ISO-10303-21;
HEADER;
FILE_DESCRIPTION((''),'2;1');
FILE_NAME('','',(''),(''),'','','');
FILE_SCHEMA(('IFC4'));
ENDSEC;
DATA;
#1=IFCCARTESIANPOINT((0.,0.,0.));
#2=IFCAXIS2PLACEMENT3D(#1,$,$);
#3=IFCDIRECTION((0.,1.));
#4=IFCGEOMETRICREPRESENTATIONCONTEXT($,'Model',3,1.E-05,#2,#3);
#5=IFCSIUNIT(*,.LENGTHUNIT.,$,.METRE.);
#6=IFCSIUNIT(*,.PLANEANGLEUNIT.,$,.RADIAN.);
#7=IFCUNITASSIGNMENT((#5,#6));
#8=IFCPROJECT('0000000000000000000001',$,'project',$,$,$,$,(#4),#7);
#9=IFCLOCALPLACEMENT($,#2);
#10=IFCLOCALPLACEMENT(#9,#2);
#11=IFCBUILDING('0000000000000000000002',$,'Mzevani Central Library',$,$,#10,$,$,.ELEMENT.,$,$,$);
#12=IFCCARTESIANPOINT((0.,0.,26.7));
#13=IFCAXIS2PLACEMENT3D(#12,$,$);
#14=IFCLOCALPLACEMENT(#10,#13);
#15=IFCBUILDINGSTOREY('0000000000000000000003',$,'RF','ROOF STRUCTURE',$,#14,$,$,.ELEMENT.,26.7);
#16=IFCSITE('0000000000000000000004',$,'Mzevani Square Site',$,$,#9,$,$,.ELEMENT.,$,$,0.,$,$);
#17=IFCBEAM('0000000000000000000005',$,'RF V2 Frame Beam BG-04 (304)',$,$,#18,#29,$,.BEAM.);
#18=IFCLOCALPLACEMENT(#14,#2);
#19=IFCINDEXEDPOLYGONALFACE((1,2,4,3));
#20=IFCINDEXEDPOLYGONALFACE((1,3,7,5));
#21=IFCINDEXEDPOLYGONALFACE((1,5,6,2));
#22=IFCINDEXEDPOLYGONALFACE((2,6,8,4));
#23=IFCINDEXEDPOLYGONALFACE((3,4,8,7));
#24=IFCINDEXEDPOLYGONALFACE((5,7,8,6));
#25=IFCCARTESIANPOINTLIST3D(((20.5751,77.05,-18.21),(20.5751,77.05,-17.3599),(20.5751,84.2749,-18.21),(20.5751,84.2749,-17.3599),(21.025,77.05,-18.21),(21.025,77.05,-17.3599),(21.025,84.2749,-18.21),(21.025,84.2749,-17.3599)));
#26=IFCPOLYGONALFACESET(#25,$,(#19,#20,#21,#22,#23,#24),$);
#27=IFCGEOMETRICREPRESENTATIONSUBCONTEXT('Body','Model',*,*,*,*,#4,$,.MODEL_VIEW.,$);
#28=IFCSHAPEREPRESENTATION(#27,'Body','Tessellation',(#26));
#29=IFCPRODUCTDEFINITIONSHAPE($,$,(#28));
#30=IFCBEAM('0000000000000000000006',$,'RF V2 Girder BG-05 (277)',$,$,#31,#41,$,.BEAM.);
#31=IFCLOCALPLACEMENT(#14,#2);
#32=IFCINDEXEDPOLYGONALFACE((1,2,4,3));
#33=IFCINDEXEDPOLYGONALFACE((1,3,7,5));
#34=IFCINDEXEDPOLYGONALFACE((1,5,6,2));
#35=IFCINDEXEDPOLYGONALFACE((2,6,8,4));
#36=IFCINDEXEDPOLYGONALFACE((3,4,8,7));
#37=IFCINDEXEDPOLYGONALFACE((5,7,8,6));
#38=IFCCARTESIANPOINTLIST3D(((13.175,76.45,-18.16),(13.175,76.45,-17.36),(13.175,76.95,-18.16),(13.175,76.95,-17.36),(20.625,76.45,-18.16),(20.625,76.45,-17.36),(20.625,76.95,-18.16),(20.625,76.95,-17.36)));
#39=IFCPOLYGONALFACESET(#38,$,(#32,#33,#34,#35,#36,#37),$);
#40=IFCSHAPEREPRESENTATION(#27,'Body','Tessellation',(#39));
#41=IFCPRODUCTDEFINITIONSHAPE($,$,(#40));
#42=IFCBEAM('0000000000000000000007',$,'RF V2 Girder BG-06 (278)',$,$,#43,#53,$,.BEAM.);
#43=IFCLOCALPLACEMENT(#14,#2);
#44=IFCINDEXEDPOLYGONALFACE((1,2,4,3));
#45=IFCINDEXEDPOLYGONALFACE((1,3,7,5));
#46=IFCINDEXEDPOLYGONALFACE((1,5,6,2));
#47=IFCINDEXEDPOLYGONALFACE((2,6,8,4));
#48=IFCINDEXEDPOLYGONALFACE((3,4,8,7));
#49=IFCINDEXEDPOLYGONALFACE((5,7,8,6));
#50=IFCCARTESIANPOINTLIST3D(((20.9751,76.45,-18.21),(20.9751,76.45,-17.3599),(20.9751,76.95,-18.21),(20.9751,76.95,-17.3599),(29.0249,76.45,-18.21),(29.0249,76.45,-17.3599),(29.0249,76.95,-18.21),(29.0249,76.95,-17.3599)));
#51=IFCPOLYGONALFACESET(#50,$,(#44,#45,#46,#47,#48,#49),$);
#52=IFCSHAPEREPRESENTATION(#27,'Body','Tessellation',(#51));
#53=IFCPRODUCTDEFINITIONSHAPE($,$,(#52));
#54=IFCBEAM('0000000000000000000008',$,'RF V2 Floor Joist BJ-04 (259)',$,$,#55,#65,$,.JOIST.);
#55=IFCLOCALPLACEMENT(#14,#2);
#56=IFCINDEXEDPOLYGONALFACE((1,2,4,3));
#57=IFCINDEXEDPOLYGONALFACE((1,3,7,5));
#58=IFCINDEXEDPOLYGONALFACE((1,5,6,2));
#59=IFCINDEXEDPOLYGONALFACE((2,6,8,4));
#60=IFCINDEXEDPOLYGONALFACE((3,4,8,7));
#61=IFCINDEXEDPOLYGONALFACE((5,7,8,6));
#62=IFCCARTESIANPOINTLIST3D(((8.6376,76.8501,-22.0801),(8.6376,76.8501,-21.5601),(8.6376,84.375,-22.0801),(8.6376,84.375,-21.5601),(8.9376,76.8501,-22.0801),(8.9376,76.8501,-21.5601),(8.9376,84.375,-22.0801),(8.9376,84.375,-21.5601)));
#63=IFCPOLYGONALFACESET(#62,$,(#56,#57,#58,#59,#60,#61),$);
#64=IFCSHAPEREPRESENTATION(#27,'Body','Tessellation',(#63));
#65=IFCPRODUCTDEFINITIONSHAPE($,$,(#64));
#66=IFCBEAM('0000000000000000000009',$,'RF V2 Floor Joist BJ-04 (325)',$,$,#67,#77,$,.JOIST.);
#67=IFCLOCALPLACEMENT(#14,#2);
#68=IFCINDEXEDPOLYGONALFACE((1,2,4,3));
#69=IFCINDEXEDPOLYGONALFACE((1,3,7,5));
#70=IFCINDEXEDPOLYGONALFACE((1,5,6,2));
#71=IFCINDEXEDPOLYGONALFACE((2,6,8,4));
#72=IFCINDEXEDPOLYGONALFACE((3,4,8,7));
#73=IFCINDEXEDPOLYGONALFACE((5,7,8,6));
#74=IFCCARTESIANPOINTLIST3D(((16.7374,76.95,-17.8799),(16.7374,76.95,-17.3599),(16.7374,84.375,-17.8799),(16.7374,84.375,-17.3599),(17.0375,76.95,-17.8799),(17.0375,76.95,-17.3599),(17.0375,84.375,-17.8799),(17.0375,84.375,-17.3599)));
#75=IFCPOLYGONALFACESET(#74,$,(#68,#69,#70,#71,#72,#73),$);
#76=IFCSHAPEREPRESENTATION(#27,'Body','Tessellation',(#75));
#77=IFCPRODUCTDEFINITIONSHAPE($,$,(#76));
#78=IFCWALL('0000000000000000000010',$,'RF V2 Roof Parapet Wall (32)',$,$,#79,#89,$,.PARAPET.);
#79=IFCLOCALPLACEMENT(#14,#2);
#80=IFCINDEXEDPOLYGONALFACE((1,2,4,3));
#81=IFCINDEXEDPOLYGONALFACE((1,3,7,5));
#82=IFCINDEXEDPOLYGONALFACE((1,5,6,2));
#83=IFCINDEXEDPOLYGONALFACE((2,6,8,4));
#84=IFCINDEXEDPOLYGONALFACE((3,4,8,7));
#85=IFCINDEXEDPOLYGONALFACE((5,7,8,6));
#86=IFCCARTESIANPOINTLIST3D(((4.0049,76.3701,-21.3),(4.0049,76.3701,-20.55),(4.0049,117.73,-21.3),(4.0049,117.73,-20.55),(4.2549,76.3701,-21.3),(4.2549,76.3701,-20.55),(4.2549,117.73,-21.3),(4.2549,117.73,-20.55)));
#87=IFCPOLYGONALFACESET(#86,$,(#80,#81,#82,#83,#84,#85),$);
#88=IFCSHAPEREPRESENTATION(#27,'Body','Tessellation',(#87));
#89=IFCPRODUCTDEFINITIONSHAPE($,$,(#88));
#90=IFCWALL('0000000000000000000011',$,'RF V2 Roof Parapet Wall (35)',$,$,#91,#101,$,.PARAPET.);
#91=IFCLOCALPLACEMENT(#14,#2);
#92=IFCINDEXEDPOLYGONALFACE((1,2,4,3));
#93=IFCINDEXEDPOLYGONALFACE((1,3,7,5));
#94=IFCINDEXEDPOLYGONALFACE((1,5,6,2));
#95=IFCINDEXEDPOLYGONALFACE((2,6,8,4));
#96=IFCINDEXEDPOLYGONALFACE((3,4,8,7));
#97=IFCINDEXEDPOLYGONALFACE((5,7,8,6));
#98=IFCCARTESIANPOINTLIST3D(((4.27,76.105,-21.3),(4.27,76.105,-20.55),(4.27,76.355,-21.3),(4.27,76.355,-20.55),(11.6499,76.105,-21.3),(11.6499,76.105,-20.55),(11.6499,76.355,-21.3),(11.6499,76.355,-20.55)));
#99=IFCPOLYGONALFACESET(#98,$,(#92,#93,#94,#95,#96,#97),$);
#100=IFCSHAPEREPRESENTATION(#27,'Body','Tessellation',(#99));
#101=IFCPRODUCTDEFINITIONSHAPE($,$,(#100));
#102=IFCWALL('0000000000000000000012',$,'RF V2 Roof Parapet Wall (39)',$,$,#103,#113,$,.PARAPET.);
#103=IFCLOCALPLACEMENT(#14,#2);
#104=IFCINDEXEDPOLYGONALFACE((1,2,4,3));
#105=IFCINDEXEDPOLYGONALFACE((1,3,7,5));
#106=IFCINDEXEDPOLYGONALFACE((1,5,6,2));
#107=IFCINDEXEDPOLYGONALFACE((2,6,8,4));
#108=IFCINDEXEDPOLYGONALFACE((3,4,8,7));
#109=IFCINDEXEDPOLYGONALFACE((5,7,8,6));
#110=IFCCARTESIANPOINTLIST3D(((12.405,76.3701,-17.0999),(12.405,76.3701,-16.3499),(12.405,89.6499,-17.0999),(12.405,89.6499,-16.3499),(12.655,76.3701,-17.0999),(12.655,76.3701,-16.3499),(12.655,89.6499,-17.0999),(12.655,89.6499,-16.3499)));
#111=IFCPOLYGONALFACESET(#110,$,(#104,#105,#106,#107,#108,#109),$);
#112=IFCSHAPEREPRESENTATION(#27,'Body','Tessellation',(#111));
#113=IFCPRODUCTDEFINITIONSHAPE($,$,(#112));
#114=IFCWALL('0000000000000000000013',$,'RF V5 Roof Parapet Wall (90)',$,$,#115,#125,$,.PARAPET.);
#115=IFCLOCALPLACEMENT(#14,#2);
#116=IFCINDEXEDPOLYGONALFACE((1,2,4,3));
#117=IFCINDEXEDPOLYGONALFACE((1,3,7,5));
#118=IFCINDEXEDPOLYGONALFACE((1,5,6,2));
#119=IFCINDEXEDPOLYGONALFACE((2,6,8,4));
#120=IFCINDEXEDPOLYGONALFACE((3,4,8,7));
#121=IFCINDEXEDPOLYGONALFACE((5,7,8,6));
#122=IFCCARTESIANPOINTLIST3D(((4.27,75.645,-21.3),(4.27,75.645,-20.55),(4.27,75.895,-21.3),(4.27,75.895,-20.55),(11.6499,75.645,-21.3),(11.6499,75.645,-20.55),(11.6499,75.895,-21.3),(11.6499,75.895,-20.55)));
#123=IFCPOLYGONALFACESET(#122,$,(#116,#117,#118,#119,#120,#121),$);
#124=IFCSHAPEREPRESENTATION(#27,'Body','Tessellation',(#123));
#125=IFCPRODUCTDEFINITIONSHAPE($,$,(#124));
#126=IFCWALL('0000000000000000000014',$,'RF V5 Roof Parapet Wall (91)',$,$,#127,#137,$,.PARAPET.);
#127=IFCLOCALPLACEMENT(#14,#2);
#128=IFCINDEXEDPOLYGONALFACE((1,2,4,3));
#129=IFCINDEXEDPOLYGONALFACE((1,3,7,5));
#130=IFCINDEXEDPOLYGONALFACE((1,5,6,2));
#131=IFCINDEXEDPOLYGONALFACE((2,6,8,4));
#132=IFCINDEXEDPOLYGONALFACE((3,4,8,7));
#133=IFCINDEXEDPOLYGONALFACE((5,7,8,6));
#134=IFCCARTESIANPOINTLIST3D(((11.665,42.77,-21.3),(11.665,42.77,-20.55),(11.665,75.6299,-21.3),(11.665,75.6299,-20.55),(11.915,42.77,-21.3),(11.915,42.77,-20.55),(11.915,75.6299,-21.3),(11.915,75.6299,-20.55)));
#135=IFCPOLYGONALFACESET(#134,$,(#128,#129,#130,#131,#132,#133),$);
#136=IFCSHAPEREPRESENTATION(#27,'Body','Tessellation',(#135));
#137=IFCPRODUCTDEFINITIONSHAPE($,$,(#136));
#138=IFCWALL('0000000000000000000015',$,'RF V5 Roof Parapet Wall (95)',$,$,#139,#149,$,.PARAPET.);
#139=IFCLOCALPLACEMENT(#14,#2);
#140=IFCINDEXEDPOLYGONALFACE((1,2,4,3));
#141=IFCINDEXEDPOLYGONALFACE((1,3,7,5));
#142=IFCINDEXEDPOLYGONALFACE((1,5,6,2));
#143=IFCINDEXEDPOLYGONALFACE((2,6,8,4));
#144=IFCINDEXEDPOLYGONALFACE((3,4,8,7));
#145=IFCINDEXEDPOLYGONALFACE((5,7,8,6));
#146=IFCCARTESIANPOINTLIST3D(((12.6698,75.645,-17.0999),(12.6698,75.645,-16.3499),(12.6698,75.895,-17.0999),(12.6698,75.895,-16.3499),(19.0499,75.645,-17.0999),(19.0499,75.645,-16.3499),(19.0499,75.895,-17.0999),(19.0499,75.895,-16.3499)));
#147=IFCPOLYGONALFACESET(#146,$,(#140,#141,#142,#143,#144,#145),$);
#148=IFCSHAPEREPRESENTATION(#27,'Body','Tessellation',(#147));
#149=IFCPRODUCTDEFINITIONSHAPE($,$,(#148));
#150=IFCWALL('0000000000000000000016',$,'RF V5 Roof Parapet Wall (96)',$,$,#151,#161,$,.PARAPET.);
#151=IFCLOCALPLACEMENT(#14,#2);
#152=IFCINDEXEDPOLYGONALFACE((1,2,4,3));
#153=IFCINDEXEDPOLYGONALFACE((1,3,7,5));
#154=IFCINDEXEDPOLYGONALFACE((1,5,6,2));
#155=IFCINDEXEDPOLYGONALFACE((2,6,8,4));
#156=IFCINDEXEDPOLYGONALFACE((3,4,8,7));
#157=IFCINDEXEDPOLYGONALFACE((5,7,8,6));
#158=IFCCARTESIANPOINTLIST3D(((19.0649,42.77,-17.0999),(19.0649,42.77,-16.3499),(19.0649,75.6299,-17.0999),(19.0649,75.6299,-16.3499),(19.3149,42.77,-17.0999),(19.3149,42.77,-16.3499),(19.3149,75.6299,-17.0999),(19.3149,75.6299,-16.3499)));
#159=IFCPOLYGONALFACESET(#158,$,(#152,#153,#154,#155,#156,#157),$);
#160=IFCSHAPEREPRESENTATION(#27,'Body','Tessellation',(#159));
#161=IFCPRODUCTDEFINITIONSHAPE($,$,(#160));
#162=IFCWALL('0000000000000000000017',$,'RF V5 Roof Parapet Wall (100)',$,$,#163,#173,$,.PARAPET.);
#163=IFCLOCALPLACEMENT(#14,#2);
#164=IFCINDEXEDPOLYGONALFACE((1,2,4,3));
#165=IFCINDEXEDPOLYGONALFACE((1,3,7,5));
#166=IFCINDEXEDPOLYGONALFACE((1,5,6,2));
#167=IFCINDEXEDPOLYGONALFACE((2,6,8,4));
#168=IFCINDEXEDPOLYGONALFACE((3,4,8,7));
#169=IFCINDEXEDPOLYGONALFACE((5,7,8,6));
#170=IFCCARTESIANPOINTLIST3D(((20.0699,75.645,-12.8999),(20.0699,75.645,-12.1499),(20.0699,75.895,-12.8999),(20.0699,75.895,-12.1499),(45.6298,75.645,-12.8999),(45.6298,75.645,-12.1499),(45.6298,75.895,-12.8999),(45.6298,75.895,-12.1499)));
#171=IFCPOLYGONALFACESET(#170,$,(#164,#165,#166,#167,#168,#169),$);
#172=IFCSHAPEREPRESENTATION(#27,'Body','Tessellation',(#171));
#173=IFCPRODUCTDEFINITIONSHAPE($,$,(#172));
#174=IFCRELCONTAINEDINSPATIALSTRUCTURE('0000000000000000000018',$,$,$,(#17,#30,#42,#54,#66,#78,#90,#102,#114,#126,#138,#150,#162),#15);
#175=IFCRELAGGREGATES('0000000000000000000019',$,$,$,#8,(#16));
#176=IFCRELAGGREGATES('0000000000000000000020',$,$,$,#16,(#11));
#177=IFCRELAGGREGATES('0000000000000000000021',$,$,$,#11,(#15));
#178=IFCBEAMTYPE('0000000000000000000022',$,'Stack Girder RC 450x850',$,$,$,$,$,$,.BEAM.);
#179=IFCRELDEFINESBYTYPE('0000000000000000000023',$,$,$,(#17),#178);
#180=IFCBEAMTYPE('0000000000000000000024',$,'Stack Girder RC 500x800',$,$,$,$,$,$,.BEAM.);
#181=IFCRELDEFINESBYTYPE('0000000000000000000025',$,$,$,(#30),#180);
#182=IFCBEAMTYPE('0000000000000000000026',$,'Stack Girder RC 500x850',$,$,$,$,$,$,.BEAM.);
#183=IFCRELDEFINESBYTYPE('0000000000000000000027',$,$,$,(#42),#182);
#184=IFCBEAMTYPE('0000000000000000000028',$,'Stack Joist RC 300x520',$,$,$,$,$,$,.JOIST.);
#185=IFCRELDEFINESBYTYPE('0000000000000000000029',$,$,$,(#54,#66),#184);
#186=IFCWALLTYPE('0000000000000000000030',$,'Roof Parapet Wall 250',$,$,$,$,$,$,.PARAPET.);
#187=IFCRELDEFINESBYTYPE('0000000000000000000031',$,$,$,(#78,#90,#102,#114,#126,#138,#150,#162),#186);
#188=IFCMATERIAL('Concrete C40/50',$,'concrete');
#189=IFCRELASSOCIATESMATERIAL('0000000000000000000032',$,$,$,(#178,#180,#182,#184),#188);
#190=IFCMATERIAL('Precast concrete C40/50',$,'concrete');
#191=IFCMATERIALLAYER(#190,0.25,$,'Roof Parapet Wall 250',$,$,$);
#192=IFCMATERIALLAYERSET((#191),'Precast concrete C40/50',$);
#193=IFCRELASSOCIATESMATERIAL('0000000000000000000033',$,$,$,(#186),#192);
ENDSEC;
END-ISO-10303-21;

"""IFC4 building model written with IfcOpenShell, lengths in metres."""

from ifc_helpers import new_model, si_unit, direction, frame, frame_2d, origin, origin_2d, place, context, subcontext, project, spatial, rectangle, extrude, material, layer, layer_set, material_profile, profile_set, type_object, element, save


model = new_model("IFC4")

# Units and contexts
model_context = context("Model", 3, precision=1e-05, world=origin(), true_north=direction((0.0, 1.0)))
body_context = subcontext(model_context, "Body", "Model", "MODEL_VIEW")
ifc_project = project(units=[si_unit("LENGTHUNIT", "METRE"), si_unit("PLANEANGLEUNIT", "RADIAN")], contexts=[model_context])

# Site, building, storey
site_placement = place(None, origin())
site = spatial("IfcSite", under=ifc_project, at=site_placement, Name="Mzevani Square Site", CompositionType="ELEMENT", RefElevation=0.0)
building_placement = place(site_placement, origin())
building = spatial("IfcBuilding", under=site, at=building_placement, Name="Mzevani Central Library", CompositionType="ELEMENT")
storey_placement = place(building_placement, frame((0.0, 0.0, 26.7)))
storey = spatial("IfcBuildingStorey", under=building, at=storey_placement, Name="RF", Description="ROOF STRUCTURE", CompositionType="ELEMENT", Elevation=26.7)

# Beams
ifc_material_1 = material(Name="Precast concrete C40/50", Category="concrete")
ifc_material_2 = material(Name="Concrete C40/50", Category="concrete")
ifc_material_profile_1 = material_profile(ifc_material_2, rectangle(XDim=0.45, YDim=0.8501, at=origin_2d()), Name="RC B450x850")
ifc_profile_set_1 = profile_set([ifc_material_profile_1], Name="Concrete C40/50")
beam_type_1 = type_object("IfcBeamType", Name="Stack Girder RC 450x850", PredefinedType="BEAM", material=ifc_profile_set_1)
beam_1_placement = place(storey_placement, frame((20.8, 77.05, -17.7849), z_axis=(0.0, 1.0, 0.0), x_axis=(-1.0, 0.0, 0.0)))
element("IfcBeam", 1, at=beam_1_placement, inside=storey, type_object=beam_type_1, Name="RF V2 Frame Beam BG-04 (304)", PredefinedType="BEAM", context=body_context, shape_type="SweptSolid", body=[
    extrude(rectangle(XDim=0.45, YDim=0.8501, at=origin_2d()), origin(), (0.0, 0.0, 1.0), 7.2249),
])
ifc_material_profile_2 = material_profile(ifc_material_2, rectangle(XDim=0.5, YDim=0.8, at=origin_2d()), Name="RC B500x800")
ifc_profile_set_2 = profile_set([ifc_material_profile_2], Name="Concrete C40/50")
beam_type_2 = type_object("IfcBeamType", Name="Stack Girder RC 500x800", PredefinedType="BEAM", material=ifc_profile_set_2)
beam_2_placement = place(storey_placement, frame((13.175, 76.7, -17.76), z_axis=(1.0, 0.0, 0.0), x_axis=(0.0, 1.0, 0.0)))
element("IfcBeam", 2, at=beam_2_placement, inside=storey, type_object=beam_type_2, Name="RF V2 Girder BG-05 (277)", PredefinedType="BEAM", context=body_context, shape_type="SweptSolid", body=[
    extrude(rectangle(XDim=0.5, YDim=0.8, at=origin_2d()), origin(), (0.0, 0.0, 1.0), 7.45),
])
ifc_material_profile_3 = material_profile(ifc_material_2, rectangle(XDim=0.5, YDim=0.8501, at=origin_2d()), Name="RC B500x850")
ifc_profile_set_3 = profile_set([ifc_material_profile_3], Name="Concrete C40/50")
beam_type_3 = type_object("IfcBeamType", Name="Stack Girder RC 500x850", PredefinedType="BEAM", material=ifc_profile_set_3)
beam_3_placement = place(storey_placement, frame((20.9751, 76.7, -17.7849), z_axis=(1.0, 0.0, 0.0), x_axis=(0.0, 1.0, 0.0)))
element("IfcBeam", 3, at=beam_3_placement, inside=storey, type_object=beam_type_3, Name="RF V2 Girder BG-06 (278)", PredefinedType="BEAM", context=body_context, shape_type="SweptSolid", body=[
    extrude(rectangle(XDim=0.5, YDim=0.8501, at=origin_2d()), origin(), (0.0, 0.0, 1.0), 8.0498),
])
ifc_material_profile_4 = material_profile(ifc_material_2, rectangle(XDim=0.3, YDim=0.52, at=origin_2d()), Name="RC J300x520")
ifc_profile_set_4 = profile_set([ifc_material_profile_4], Name="Concrete C40/50")
beam_type_4 = type_object("IfcBeamType", Name="Stack Joist RC 300x520", PredefinedType="JOIST", material=ifc_profile_set_4)
beam_4_placement = place(storey_placement, frame((8.7876, 76.8501, -21.8201), z_axis=(0.0, 1.0, 0.0), x_axis=(-1.0, 0.0, 0.0)))
element("IfcBeam", 4, at=beam_4_placement, inside=storey, type_object=beam_type_4, Name="RF V2 Floor Joist BJ-04 (259)", PredefinedType="JOIST", context=body_context, shape_type="SweptSolid", body=[
    extrude(rectangle(XDim=0.3, YDim=0.52, at=origin_2d()), origin(), (0.0, 0.0, 1.0), 7.5249),
])
beam_5_placement = place(storey_placement, frame((16.8875, 76.95, -17.6199), z_axis=(0.0, 1.0, 0.0), x_axis=(-1.0, 0.0, 0.0)))
element("IfcBeam", 5, at=beam_5_placement, inside=storey, type_object=beam_type_4, Name="RF V2 Floor Joist BJ-04 (325)", PredefinedType="JOIST", context=body_context, shape_type="SweptSolid", body=[
    extrude(rectangle(XDim=0.3, YDim=0.52, at=origin_2d()), origin(), (0.0, 0.0, 1.0), 7.425),
])

# Walls
ifc_layer = layer(ifc_material_1, 0.25, Name="Roof Parapet Wall 250")
ifc_layer_set = layer_set([ifc_layer], Name="Precast concrete C40/50")
wall_type = type_object("IfcWallType", Name="Roof Parapet Wall 250", PredefinedType="PARAPET", material=ifc_layer_set)
wall_1_placement = place(storey_placement, frame((4.1299, 76.3701, -21.3), z_axis=(0.0, 0.0, 1.0), x_axis=(0.0, 1.0, 0.0)))
element("IfcWall", 6, at=wall_1_placement, inside=storey, type_object=wall_type, Name="RF V2 Roof Parapet Wall (32)", PredefinedType="PARAPET", context=body_context, shape_type="SweptSolid", body=[
    extrude(rectangle(XDim=41.3599, YDim=0.25, at=frame_2d((20.6799, 0.0))), origin(), (0.0, 0.0, 1.0), 0.75),
])
wall_2_placement = place(storey_placement, frame((11.6499, 76.23, -21.3), z_axis=(0.0, 0.0, 1.0), x_axis=(-1.0, 0.0, 0.0)))
element("IfcWall", 7, at=wall_2_placement, inside=storey, type_object=wall_type, Name="RF V2 Roof Parapet Wall (35)", PredefinedType="PARAPET", context=body_context, shape_type="SweptSolid", body=[
    extrude(rectangle(XDim=7.3799, YDim=0.25, at=frame_2d((3.6899, 0.0))), origin(), (0.0, 0.0, 1.0), 0.75),
])
wall_3_placement = place(storey_placement, frame((12.53, 76.3701, -17.0999), z_axis=(0.0, 0.0, 1.0), x_axis=(0.0, 1.0, 0.0)))
element("IfcWall", 8, at=wall_3_placement, inside=storey, type_object=wall_type, Name="RF V2 Roof Parapet Wall (39)", PredefinedType="PARAPET", context=body_context, shape_type="SweptSolid", body=[
    extrude(rectangle(XDim=13.2798, YDim=0.25, at=frame_2d((6.6399, 0.0))), origin(), (0.0, 0.0, 1.0), 0.75),
])
wall_4_placement = place(storey_placement, frame((4.27, 75.77, -21.3), z_axis=(0.0, 0.0, 1.0), x_axis=(1.0, 0.0, 0.0)))
element("IfcWall", 9, at=wall_4_placement, inside=storey, type_object=wall_type, Name="RF V5 Roof Parapet Wall (90)", PredefinedType="PARAPET", context=body_context, shape_type="SweptSolid", body=[
    extrude(rectangle(XDim=7.3799, YDim=0.25, at=frame_2d((3.6899, 0.0))), origin(), (0.0, 0.0, 1.0), 0.75),
])
wall_5_placement = place(storey_placement, frame((11.79, 75.6299, -21.3), z_axis=(0.0, 0.0, 1.0), x_axis=(0.0, -1.0, 0.0)))
element("IfcWall", 10, at=wall_5_placement, inside=storey, type_object=wall_type, Name="RF V5 Roof Parapet Wall (91)", PredefinedType="PARAPET", context=body_context, shape_type="SweptSolid", body=[
    extrude(rectangle(XDim=32.8599, YDim=0.25, at=frame_2d((16.4299, 0.0))), origin(), (0.0, 0.0, 1.0), 0.75),
])
wall_6_placement = place(storey_placement, frame((12.6699, 75.77, -17.0999), z_axis=(0.0, 0.0, 1.0), x_axis=(1.0, 0.0, 0.0)))
element("IfcWall", 11, at=wall_6_placement, inside=storey, type_object=wall_type, Name="RF V5 Roof Parapet Wall (95)", PredefinedType="PARAPET", context=body_context, shape_type="SweptSolid", body=[
    extrude(rectangle(XDim=6.3801, YDim=0.25, at=frame_2d((3.1899, 0.0))), origin(), (0.0, 0.0, 1.0), 0.75),
])
wall_7_placement = place(storey_placement, frame((19.1899, 75.6299, -17.0999), z_axis=(0.0, 0.0, 1.0), x_axis=(0.0, -1.0, 0.0)))
element("IfcWall", 12, at=wall_7_placement, inside=storey, type_object=wall_type, Name="RF V5 Roof Parapet Wall (96)", PredefinedType="PARAPET", context=body_context, shape_type="SweptSolid", body=[
    extrude(rectangle(XDim=32.8599, YDim=0.25, at=frame_2d((16.4299, 0.0))), origin(), (0.0, 0.0, 1.0), 0.75),
])
wall_8_placement = place(storey_placement, frame((20.0701, 75.77, -12.8999), z_axis=(0.0, 0.0, 1.0), x_axis=(1.0, 0.0, 0.0)))
element("IfcWall", 13, at=wall_8_placement, inside=storey, type_object=wall_type, Name="RF V5 Roof Parapet Wall (100)", PredefinedType="PARAPET", context=body_context, shape_type="SweptSolid", body=[
    extrude(rectangle(XDim=25.5598, YDim=0.25, at=frame_2d((12.7798, 0.0))), origin(), (0.0, 0.0, 1.0), 0.75),
])

save(model, "model.ifc")
